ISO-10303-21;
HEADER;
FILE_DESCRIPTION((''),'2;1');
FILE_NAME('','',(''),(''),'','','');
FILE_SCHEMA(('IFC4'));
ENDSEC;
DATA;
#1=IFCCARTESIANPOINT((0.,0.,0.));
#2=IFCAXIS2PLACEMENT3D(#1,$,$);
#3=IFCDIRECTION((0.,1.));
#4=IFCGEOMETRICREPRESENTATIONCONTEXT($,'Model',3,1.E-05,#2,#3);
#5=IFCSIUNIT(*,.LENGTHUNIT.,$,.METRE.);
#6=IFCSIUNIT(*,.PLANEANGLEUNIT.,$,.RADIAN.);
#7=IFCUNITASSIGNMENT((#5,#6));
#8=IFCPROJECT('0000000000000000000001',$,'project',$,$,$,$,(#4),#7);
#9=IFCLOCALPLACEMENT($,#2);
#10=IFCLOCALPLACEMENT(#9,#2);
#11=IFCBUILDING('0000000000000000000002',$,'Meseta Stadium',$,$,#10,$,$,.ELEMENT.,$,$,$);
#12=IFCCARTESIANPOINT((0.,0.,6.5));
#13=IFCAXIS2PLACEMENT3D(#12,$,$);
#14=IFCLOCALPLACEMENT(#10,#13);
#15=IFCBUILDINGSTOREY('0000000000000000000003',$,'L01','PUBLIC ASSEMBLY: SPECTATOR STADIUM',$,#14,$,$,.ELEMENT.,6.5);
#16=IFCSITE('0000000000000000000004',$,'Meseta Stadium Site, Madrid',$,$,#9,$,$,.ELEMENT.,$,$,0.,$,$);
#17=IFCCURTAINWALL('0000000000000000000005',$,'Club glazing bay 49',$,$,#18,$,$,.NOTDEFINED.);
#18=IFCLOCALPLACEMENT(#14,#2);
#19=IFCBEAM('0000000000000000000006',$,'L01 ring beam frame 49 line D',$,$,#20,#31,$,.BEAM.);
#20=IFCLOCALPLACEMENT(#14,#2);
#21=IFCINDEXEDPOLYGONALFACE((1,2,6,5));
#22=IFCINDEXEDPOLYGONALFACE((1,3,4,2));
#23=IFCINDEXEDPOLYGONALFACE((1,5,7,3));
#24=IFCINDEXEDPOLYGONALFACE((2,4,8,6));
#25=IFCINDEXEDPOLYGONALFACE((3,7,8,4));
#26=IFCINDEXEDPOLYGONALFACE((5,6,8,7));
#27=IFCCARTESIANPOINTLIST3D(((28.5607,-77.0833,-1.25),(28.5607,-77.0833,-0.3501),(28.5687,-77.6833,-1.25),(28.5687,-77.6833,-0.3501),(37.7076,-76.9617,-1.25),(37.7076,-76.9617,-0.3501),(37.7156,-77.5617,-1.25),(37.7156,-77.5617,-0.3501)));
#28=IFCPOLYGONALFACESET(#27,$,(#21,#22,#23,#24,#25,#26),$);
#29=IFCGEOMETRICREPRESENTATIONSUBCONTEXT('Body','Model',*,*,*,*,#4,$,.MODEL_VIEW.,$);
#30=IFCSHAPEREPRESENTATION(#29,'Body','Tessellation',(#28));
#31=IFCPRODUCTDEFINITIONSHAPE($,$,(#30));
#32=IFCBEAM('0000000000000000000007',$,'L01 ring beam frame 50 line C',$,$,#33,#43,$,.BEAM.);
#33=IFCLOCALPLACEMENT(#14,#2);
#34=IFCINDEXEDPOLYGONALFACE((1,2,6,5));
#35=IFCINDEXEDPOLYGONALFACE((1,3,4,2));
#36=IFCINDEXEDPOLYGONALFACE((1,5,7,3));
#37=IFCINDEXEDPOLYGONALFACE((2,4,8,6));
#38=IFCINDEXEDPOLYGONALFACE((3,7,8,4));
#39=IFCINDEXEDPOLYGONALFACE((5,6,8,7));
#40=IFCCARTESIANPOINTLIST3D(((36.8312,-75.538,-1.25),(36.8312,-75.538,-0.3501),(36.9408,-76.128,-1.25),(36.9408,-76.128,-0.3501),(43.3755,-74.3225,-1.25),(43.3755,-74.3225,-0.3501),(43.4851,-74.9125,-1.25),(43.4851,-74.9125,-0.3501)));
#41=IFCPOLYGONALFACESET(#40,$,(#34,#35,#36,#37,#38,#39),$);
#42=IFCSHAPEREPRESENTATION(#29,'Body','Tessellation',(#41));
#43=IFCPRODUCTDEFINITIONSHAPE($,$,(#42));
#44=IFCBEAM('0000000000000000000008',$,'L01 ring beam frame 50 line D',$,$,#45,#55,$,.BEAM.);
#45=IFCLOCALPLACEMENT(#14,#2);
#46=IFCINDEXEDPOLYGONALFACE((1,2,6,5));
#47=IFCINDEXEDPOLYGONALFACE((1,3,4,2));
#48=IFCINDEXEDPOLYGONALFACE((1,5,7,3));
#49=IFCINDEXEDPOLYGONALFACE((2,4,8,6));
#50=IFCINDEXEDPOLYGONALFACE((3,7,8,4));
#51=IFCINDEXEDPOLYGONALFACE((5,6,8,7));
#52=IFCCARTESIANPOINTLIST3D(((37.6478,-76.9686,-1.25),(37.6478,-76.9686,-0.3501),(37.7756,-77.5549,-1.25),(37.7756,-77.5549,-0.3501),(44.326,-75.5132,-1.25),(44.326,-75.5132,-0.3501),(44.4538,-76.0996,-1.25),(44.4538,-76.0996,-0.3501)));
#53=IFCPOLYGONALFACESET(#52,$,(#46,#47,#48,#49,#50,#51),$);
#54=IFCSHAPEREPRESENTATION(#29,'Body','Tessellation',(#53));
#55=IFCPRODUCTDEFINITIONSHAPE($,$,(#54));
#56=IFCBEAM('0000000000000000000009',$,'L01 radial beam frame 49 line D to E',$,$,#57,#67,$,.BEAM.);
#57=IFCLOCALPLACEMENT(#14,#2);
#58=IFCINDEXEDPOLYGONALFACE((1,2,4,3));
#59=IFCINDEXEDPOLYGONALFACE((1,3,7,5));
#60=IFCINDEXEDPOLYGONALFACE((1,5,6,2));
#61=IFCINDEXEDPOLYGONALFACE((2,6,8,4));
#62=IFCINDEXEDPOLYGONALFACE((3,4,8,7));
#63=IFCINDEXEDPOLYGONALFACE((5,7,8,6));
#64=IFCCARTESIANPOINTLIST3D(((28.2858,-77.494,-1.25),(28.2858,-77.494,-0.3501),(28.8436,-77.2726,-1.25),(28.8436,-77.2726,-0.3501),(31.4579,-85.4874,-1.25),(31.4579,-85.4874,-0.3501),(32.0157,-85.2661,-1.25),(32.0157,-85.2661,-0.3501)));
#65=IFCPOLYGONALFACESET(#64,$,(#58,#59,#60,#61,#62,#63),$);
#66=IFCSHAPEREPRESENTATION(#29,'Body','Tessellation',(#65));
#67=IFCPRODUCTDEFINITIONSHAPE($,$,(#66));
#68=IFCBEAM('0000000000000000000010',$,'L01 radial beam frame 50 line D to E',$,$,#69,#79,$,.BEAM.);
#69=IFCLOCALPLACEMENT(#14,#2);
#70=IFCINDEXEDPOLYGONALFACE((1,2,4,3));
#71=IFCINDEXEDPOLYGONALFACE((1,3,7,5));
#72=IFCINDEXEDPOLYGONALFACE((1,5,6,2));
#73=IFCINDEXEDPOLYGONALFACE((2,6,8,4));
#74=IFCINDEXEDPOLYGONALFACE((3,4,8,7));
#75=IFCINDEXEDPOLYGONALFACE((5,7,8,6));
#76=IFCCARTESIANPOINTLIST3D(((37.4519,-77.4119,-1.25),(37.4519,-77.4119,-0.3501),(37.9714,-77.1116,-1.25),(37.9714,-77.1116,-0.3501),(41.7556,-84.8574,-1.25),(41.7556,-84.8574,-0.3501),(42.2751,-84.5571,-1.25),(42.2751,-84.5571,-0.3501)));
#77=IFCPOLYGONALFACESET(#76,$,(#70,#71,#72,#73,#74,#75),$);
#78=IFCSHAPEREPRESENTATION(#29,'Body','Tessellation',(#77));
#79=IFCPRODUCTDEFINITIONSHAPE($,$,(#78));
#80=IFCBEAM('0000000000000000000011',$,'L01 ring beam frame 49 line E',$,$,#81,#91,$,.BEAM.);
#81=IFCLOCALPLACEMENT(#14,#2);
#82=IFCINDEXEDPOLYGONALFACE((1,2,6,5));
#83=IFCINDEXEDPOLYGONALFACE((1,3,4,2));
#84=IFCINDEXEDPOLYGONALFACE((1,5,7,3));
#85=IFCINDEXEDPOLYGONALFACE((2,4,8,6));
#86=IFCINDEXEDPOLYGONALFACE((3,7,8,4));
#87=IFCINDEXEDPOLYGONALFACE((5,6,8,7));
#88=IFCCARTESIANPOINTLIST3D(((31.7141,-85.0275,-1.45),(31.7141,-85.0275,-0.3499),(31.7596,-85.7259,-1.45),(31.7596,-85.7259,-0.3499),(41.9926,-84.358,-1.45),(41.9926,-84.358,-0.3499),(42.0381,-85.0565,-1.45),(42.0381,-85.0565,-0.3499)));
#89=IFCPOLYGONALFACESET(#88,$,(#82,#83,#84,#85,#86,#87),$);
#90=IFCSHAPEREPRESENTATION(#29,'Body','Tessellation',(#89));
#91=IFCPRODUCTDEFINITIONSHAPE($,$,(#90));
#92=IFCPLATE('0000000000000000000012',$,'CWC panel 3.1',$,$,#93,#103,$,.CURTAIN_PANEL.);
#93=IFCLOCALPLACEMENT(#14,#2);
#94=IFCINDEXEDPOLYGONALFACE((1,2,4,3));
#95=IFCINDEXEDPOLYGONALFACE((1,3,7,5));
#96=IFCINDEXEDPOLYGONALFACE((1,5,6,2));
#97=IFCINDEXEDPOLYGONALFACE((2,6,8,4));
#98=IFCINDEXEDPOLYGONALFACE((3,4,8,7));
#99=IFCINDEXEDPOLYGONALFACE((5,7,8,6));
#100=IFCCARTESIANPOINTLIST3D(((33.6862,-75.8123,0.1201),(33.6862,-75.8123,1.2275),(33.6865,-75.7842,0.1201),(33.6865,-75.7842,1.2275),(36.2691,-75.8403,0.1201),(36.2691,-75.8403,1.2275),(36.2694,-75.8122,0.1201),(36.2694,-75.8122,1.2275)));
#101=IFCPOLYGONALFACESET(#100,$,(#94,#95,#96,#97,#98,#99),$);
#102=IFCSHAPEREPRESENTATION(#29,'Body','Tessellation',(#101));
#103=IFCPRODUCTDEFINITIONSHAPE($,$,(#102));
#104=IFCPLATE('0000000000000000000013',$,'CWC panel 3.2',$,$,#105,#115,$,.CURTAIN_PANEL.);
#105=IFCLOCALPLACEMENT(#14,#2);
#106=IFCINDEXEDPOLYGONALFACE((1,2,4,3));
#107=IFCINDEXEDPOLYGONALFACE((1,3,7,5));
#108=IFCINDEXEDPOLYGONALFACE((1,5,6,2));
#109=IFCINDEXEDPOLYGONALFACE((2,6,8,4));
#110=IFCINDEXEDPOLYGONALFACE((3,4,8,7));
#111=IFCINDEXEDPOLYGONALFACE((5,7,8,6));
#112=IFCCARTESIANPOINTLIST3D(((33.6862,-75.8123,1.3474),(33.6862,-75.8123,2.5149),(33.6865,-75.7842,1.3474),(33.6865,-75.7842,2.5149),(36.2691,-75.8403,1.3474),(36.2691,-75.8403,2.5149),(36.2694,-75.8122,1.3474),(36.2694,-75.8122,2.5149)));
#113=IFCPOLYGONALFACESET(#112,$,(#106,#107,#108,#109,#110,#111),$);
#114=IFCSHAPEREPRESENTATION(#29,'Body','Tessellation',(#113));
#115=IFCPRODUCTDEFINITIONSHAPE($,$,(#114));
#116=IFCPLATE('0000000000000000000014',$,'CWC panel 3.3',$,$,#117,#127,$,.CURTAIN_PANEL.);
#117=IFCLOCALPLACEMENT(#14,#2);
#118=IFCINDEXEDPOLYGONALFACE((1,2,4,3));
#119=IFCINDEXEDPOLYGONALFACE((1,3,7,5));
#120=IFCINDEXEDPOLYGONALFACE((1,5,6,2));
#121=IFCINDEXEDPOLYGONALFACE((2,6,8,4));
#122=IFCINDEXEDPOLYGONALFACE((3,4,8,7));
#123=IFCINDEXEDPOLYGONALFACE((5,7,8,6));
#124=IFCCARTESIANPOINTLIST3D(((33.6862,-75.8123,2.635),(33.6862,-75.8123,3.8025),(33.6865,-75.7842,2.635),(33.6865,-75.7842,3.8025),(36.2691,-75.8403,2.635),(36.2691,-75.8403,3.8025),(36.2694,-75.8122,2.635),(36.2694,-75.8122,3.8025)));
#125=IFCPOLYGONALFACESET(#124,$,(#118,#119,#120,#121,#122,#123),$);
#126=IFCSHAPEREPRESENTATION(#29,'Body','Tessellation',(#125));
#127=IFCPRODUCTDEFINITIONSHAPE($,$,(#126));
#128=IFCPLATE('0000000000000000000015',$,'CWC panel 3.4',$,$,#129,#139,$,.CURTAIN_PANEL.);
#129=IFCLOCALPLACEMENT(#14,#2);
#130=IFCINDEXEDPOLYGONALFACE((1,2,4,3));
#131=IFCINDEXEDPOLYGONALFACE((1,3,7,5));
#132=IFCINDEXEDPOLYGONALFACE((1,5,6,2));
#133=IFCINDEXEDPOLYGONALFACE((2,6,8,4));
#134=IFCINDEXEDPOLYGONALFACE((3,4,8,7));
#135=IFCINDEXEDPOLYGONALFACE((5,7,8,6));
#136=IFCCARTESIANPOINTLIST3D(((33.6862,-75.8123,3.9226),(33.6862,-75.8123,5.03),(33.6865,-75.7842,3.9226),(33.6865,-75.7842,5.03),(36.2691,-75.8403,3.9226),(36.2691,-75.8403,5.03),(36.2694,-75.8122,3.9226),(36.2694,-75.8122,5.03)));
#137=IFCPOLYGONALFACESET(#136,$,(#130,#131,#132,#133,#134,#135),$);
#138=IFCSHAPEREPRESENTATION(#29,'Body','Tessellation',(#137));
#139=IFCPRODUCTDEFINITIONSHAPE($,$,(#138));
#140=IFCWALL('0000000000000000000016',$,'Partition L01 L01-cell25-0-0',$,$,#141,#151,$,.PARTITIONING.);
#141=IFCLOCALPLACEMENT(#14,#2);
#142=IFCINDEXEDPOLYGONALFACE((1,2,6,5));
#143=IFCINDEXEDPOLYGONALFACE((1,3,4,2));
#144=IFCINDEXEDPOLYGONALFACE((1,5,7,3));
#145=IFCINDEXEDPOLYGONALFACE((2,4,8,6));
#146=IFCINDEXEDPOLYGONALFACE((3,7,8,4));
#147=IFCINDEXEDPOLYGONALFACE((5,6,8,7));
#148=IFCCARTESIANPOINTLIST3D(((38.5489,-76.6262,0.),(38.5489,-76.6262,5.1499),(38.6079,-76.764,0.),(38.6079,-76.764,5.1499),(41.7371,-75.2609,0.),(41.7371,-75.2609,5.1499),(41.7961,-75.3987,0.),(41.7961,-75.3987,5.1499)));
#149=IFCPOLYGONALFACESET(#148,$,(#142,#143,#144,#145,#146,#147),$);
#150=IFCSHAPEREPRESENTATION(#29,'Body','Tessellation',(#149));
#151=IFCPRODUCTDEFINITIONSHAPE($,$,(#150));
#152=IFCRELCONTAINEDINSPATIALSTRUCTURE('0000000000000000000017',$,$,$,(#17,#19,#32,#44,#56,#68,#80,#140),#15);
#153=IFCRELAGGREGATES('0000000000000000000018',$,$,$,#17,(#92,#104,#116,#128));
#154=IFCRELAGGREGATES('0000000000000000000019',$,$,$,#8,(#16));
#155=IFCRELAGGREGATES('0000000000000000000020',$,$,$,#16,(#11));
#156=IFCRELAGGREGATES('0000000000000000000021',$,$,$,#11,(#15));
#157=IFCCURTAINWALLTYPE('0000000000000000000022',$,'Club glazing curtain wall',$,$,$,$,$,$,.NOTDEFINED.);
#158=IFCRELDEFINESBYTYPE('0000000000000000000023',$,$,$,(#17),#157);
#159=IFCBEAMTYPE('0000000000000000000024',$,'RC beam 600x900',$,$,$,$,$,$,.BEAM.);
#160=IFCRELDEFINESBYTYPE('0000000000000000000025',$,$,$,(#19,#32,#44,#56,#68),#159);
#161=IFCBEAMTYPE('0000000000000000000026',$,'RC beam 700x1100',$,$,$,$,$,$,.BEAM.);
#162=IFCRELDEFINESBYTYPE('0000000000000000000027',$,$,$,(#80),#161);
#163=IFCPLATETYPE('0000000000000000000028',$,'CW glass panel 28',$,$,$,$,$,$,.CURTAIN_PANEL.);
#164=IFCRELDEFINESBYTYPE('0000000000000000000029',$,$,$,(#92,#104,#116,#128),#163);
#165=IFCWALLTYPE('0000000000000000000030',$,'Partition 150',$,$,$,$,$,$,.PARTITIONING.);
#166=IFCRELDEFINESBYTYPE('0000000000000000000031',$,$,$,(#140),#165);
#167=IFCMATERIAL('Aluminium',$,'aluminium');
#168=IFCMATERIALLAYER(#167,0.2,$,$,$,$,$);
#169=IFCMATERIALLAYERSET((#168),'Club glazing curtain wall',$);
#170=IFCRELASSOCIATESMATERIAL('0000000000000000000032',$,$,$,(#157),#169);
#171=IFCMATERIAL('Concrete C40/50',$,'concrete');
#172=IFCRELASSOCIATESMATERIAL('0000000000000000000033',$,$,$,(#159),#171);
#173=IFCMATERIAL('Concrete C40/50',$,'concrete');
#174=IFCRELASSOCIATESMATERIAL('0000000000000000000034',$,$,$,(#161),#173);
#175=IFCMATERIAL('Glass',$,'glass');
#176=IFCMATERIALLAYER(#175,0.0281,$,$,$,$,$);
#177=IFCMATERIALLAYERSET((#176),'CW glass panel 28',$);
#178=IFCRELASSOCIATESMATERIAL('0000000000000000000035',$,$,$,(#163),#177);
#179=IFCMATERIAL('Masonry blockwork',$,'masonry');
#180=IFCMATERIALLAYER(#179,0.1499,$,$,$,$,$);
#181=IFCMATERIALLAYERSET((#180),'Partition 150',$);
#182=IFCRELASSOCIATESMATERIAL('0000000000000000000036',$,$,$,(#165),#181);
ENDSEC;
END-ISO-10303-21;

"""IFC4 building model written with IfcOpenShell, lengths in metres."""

from ifc_helpers import new_model, si_unit, direction, frame, frame_2d, origin, origin_2d, place, context, subcontext, project, spatial, rectangle, extrude, material, layer, layer_set, material_profile, profile_set, type_object, element, aggregate, save


model = new_model("IFC4")

# Units and contexts
model_context = context("Model", 3, precision=1e-05, world=origin(), true_north=direction((0.0, 1.0)))
body_context = subcontext(model_context, "Body", "Model", "MODEL_VIEW")
ifc_project = project(units=[si_unit("LENGTHUNIT", "METRE"), si_unit("PLANEANGLEUNIT", "RADIAN")], contexts=[model_context])

# Site, building, storey
site_placement = place(None, origin())
site = spatial("IfcSite", under=ifc_project, at=site_placement, Name="Meseta Stadium Site, Madrid", CompositionType="ELEMENT", RefElevation=0.0)
building_placement = place(site_placement, origin())
building = spatial("IfcBuilding", under=site, at=building_placement, Name="Meseta Stadium", CompositionType="ELEMENT")
storey_placement = place(building_placement, frame((0.0, 0.0, 6.5)))
storey = spatial("IfcBuildingStorey", under=building, at=storey_placement, Name="L01", Description="PUBLIC ASSEMBLY: SPECTATOR STADIUM", CompositionType="ELEMENT", Elevation=6.5)

# Curtain wall
ifc_material_1 = material(Name="Aluminium", Category="aluminium")
ifc_layer_1 = layer(ifc_material_1, 0.2)
ifc_layer_set_1 = layer_set([ifc_layer_1], Name="Club glazing curtain wall")
curtain_wall_type = type_object("IfcCurtainWallType", Name="Club glazing curtain wall", PredefinedType="NOTDEFINED", material=ifc_layer_set_1)
curtain_wall_placement = place(storey_placement, origin())
curtain_wall = element("IfcCurtainWall", 1, at=curtain_wall_placement, inside=storey, type_object=curtain_wall_type, Name="Club glazing bay 49", PredefinedType="NOTDEFINED")

# Beams
ifc_material_2 = material(Name="Concrete C40/50", Category="concrete")
ifc_material_profile_1 = material_profile(ifc_material_2, rectangle(XDim=0.6001, YDim=0.8999, at=origin_2d()), Name="RC 600x900")
ifc_profile_set_1 = profile_set([ifc_material_profile_1], Name="Concrete C40/50")
beam_type_1 = type_object("IfcBeamType", Name="RC beam 600x900", PredefinedType="BEAM", material=ifc_profile_set_1)
beam_1_placement = place(storey_placement, frame((28.5647, -77.3833, -0.8), z_axis=(0.999912, 0.013291, 0.0), x_axis=(-0.013291, 0.999912, 0.0)))
element("IfcBeam", 2, at=beam_1_placement, inside=storey, type_object=beam_type_1, Name="L01 ring beam frame 49 line D", PredefinedType="BEAM", context=body_context, shape_type="SweptSolid", body=[
    extrude(rectangle(XDim=0.6001, YDim=0.8999, at=origin_2d()), origin(), (0.0, 0.0, 1.0), 9.1477),
])
beam_2_placement = place(storey_placement, frame((36.886, -75.833, -0.8), z_axis=(0.983184, 0.182619, 0.0), x_axis=(-0.182619, 0.983184, 0.0)))
element("IfcBeam", 3, at=beam_2_placement, inside=storey, type_object=beam_type_1, Name="L01 ring beam frame 50 line C", PredefinedType="BEAM", context=body_context, shape_type="SweptSolid", body=[
    extrude(rectangle(XDim=0.6001, YDim=0.8999, at=origin_2d()), origin(), (0.0, 0.0, 1.0), 6.6562),
])
beam_3_placement = place(storey_placement, frame((37.7117, -77.2617, -0.8), z_axis=(0.977069, 0.212923, 0.0), x_axis=(-0.212923, 0.977069, 0.0)))
element("IfcBeam", 4, at=beam_3_placement, inside=storey, type_object=beam_type_1, Name="L01 ring beam frame 50 line D", PredefinedType="BEAM", context=body_context, shape_type="SweptSolid", body=[
    extrude(rectangle(XDim=0.6001, YDim=0.8999, at=origin_2d()), origin(), (0.0, 0.0, 1.0), 6.835),
])
for number, where, z_axis, x_axis, name in (
    (5, (28.5647, -77.3833, -0.8), (0.368859, -0.929485, 0.0), (0.929485, 0.368859, 0.0), "L01 radial beam frame 49 line D to E"),
    (6, (37.7117, -77.2617, -0.8), (0.500437, -0.865773, 0.0), (0.865773, 0.500437, 0.0), "L01 radial beam frame 50 line D to E"),
):
    element("IfcBeam", number, at=place(storey_placement, frame(where, z_axis=z_axis, x_axis=x_axis)), inside=storey, type_object=beam_type_1, Name=name, PredefinedType="BEAM", context=body_context, shape_type="SweptSolid", body=[
        extrude(rectangle(XDim=0.6001, YDim=0.8999, at=origin_2d()), origin(), (0.0, 0.0, 1.0), 8.5999),
    ])
ifc_material_3 = material(Name="Concrete C40/50", Category="concrete")
ifc_material_profile_2 = material_profile(ifc_material_3, rectangle(XDim=0.7, YDim=1.1001, at=origin_2d()), Name="RC 700x1100")
ifc_profile_set_2 = profile_set([ifc_material_profile_2], Name="Concrete C40/50")
beam_type_2 = type_object("IfcBeamType", Name="RC beam 700x1100", PredefinedType="BEAM", material=ifc_profile_set_2)
beam_4_placement = place(storey_placement, frame((31.7368, -85.3767, -0.8999), z_axis=(0.997886, 0.064991, 0.0), x_axis=(-0.064991, 0.997886, 0.0)))
element("IfcBeam", 7, at=beam_4_placement, inside=storey, type_object=beam_type_2, Name="L01 ring beam frame 49 line E", PredefinedType="BEAM", context=body_context, shape_type="SweptSolid", body=[
    extrude(rectangle(XDim=0.7, YDim=1.1001, at=origin_2d()), origin(), (0.0, 0.0, 1.0), 10.3003),
])

# Plates
ifc_material_4 = material(Name="Glass", Category="glass")
ifc_layer_2 = layer(ifc_material_4, 0.0281)
ifc_layer_set_2 = layer_set([ifc_layer_2], Name="CW glass panel 28")
plate_type = type_object("IfcPlateType", Name="CW glass panel 28", PredefinedType="CURTAIN_PANEL", material=ifc_layer_set_2)
plate_1_placement = place(storey_placement, frame((34.9778, -75.8123, 0.1201), z_axis=(0.0, 0.0, 1.0), x_axis=(0.999941, -0.010843, 0.0)))
plate_1 = element("IfcPlate", 8, at=plate_1_placement, type_object=plate_type, Name="CWC panel 3.1", PredefinedType="CURTAIN_PANEL", context=body_context, shape_type="SweptSolid", body=[
    extrude(rectangle(XDim=2.583, YDim=0.0281, at=origin_2d()), origin(), (0.0, 0.0, 1.0), 1.1074),
])
plate_2_placement = place(storey_placement, frame((34.9778, -75.8123, 1.3474), z_axis=(0.0, 0.0, 1.0), x_axis=(0.999941, -0.010843, 0.0)))
plate_2 = element("IfcPlate", 9, at=plate_2_placement, type_object=plate_type, Name="CWC panel 3.2", PredefinedType="CURTAIN_PANEL", context=body_context, shape_type="SweptSolid", body=[
    extrude(rectangle(XDim=2.583, YDim=0.0281, at=origin_2d()), origin(), (0.0, 0.0, 1.0), 1.1675),
])
plate_3_placement = place(storey_placement, frame((34.9778, -75.8123, 2.635), z_axis=(0.0, 0.0, 1.0), x_axis=(0.999941, -0.010843, 0.0)))
plate_3 = element("IfcPlate", 10, at=plate_3_placement, type_object=plate_type, Name="CWC panel 3.3", PredefinedType="CURTAIN_PANEL", context=body_context, shape_type="SweptSolid", body=[
    extrude(rectangle(XDim=2.583, YDim=0.0281, at=origin_2d()), origin(), (0.0, 0.0, 1.0), 1.1675),
])
plate_4_placement = place(storey_placement, frame((34.9778, -75.8123, 3.9226), z_axis=(0.0, 0.0, 1.0), x_axis=(0.999941, -0.010843, 0.0)))
plate_4 = element("IfcPlate", 11, at=plate_4_placement, type_object=plate_type, Name="CWC panel 3.4", PredefinedType="CURTAIN_PANEL", context=body_context, shape_type="SweptSolid", body=[
    extrude(rectangle(XDim=2.583, YDim=0.0281, at=origin_2d()), origin(), (0.0, 0.0, 1.0), 1.1074),
])
aggregate(curtain_wall, [plate_1, plate_2, plate_3, plate_4])

# Wall
ifc_material_5 = material(Name="Masonry blockwork", Category="masonry")
ifc_layer_3 = layer(ifc_material_5, 0.1499)
ifc_layer_set_3 = layer_set([ifc_layer_3], Name="Partition 150")
wall_type = type_object("IfcWallType", Name="Partition 150", PredefinedType="PARTITIONING", material=ifc_layer_set_3)
wall_placement = place(storey_placement, frame((38.5784, -76.6951, 0.0), z_axis=(0.0, 0.0, 1.0), x_axis=(0.919265, 0.393639, 0.0)))
element("IfcWall", 12, at=wall_placement, inside=storey, type_object=wall_type, Name="Partition L01 L01-cell25-0-0", PredefinedType="PARTITIONING", context=body_context, shape_type="SweptSolid", body=[
    extrude(rectangle(XDim=3.4683, YDim=0.1499, at=frame_2d((1.7341, 0.0))), origin(), (0.0, 0.0, 1.0), 5.1499),
])

save(model, "model.ifc")
